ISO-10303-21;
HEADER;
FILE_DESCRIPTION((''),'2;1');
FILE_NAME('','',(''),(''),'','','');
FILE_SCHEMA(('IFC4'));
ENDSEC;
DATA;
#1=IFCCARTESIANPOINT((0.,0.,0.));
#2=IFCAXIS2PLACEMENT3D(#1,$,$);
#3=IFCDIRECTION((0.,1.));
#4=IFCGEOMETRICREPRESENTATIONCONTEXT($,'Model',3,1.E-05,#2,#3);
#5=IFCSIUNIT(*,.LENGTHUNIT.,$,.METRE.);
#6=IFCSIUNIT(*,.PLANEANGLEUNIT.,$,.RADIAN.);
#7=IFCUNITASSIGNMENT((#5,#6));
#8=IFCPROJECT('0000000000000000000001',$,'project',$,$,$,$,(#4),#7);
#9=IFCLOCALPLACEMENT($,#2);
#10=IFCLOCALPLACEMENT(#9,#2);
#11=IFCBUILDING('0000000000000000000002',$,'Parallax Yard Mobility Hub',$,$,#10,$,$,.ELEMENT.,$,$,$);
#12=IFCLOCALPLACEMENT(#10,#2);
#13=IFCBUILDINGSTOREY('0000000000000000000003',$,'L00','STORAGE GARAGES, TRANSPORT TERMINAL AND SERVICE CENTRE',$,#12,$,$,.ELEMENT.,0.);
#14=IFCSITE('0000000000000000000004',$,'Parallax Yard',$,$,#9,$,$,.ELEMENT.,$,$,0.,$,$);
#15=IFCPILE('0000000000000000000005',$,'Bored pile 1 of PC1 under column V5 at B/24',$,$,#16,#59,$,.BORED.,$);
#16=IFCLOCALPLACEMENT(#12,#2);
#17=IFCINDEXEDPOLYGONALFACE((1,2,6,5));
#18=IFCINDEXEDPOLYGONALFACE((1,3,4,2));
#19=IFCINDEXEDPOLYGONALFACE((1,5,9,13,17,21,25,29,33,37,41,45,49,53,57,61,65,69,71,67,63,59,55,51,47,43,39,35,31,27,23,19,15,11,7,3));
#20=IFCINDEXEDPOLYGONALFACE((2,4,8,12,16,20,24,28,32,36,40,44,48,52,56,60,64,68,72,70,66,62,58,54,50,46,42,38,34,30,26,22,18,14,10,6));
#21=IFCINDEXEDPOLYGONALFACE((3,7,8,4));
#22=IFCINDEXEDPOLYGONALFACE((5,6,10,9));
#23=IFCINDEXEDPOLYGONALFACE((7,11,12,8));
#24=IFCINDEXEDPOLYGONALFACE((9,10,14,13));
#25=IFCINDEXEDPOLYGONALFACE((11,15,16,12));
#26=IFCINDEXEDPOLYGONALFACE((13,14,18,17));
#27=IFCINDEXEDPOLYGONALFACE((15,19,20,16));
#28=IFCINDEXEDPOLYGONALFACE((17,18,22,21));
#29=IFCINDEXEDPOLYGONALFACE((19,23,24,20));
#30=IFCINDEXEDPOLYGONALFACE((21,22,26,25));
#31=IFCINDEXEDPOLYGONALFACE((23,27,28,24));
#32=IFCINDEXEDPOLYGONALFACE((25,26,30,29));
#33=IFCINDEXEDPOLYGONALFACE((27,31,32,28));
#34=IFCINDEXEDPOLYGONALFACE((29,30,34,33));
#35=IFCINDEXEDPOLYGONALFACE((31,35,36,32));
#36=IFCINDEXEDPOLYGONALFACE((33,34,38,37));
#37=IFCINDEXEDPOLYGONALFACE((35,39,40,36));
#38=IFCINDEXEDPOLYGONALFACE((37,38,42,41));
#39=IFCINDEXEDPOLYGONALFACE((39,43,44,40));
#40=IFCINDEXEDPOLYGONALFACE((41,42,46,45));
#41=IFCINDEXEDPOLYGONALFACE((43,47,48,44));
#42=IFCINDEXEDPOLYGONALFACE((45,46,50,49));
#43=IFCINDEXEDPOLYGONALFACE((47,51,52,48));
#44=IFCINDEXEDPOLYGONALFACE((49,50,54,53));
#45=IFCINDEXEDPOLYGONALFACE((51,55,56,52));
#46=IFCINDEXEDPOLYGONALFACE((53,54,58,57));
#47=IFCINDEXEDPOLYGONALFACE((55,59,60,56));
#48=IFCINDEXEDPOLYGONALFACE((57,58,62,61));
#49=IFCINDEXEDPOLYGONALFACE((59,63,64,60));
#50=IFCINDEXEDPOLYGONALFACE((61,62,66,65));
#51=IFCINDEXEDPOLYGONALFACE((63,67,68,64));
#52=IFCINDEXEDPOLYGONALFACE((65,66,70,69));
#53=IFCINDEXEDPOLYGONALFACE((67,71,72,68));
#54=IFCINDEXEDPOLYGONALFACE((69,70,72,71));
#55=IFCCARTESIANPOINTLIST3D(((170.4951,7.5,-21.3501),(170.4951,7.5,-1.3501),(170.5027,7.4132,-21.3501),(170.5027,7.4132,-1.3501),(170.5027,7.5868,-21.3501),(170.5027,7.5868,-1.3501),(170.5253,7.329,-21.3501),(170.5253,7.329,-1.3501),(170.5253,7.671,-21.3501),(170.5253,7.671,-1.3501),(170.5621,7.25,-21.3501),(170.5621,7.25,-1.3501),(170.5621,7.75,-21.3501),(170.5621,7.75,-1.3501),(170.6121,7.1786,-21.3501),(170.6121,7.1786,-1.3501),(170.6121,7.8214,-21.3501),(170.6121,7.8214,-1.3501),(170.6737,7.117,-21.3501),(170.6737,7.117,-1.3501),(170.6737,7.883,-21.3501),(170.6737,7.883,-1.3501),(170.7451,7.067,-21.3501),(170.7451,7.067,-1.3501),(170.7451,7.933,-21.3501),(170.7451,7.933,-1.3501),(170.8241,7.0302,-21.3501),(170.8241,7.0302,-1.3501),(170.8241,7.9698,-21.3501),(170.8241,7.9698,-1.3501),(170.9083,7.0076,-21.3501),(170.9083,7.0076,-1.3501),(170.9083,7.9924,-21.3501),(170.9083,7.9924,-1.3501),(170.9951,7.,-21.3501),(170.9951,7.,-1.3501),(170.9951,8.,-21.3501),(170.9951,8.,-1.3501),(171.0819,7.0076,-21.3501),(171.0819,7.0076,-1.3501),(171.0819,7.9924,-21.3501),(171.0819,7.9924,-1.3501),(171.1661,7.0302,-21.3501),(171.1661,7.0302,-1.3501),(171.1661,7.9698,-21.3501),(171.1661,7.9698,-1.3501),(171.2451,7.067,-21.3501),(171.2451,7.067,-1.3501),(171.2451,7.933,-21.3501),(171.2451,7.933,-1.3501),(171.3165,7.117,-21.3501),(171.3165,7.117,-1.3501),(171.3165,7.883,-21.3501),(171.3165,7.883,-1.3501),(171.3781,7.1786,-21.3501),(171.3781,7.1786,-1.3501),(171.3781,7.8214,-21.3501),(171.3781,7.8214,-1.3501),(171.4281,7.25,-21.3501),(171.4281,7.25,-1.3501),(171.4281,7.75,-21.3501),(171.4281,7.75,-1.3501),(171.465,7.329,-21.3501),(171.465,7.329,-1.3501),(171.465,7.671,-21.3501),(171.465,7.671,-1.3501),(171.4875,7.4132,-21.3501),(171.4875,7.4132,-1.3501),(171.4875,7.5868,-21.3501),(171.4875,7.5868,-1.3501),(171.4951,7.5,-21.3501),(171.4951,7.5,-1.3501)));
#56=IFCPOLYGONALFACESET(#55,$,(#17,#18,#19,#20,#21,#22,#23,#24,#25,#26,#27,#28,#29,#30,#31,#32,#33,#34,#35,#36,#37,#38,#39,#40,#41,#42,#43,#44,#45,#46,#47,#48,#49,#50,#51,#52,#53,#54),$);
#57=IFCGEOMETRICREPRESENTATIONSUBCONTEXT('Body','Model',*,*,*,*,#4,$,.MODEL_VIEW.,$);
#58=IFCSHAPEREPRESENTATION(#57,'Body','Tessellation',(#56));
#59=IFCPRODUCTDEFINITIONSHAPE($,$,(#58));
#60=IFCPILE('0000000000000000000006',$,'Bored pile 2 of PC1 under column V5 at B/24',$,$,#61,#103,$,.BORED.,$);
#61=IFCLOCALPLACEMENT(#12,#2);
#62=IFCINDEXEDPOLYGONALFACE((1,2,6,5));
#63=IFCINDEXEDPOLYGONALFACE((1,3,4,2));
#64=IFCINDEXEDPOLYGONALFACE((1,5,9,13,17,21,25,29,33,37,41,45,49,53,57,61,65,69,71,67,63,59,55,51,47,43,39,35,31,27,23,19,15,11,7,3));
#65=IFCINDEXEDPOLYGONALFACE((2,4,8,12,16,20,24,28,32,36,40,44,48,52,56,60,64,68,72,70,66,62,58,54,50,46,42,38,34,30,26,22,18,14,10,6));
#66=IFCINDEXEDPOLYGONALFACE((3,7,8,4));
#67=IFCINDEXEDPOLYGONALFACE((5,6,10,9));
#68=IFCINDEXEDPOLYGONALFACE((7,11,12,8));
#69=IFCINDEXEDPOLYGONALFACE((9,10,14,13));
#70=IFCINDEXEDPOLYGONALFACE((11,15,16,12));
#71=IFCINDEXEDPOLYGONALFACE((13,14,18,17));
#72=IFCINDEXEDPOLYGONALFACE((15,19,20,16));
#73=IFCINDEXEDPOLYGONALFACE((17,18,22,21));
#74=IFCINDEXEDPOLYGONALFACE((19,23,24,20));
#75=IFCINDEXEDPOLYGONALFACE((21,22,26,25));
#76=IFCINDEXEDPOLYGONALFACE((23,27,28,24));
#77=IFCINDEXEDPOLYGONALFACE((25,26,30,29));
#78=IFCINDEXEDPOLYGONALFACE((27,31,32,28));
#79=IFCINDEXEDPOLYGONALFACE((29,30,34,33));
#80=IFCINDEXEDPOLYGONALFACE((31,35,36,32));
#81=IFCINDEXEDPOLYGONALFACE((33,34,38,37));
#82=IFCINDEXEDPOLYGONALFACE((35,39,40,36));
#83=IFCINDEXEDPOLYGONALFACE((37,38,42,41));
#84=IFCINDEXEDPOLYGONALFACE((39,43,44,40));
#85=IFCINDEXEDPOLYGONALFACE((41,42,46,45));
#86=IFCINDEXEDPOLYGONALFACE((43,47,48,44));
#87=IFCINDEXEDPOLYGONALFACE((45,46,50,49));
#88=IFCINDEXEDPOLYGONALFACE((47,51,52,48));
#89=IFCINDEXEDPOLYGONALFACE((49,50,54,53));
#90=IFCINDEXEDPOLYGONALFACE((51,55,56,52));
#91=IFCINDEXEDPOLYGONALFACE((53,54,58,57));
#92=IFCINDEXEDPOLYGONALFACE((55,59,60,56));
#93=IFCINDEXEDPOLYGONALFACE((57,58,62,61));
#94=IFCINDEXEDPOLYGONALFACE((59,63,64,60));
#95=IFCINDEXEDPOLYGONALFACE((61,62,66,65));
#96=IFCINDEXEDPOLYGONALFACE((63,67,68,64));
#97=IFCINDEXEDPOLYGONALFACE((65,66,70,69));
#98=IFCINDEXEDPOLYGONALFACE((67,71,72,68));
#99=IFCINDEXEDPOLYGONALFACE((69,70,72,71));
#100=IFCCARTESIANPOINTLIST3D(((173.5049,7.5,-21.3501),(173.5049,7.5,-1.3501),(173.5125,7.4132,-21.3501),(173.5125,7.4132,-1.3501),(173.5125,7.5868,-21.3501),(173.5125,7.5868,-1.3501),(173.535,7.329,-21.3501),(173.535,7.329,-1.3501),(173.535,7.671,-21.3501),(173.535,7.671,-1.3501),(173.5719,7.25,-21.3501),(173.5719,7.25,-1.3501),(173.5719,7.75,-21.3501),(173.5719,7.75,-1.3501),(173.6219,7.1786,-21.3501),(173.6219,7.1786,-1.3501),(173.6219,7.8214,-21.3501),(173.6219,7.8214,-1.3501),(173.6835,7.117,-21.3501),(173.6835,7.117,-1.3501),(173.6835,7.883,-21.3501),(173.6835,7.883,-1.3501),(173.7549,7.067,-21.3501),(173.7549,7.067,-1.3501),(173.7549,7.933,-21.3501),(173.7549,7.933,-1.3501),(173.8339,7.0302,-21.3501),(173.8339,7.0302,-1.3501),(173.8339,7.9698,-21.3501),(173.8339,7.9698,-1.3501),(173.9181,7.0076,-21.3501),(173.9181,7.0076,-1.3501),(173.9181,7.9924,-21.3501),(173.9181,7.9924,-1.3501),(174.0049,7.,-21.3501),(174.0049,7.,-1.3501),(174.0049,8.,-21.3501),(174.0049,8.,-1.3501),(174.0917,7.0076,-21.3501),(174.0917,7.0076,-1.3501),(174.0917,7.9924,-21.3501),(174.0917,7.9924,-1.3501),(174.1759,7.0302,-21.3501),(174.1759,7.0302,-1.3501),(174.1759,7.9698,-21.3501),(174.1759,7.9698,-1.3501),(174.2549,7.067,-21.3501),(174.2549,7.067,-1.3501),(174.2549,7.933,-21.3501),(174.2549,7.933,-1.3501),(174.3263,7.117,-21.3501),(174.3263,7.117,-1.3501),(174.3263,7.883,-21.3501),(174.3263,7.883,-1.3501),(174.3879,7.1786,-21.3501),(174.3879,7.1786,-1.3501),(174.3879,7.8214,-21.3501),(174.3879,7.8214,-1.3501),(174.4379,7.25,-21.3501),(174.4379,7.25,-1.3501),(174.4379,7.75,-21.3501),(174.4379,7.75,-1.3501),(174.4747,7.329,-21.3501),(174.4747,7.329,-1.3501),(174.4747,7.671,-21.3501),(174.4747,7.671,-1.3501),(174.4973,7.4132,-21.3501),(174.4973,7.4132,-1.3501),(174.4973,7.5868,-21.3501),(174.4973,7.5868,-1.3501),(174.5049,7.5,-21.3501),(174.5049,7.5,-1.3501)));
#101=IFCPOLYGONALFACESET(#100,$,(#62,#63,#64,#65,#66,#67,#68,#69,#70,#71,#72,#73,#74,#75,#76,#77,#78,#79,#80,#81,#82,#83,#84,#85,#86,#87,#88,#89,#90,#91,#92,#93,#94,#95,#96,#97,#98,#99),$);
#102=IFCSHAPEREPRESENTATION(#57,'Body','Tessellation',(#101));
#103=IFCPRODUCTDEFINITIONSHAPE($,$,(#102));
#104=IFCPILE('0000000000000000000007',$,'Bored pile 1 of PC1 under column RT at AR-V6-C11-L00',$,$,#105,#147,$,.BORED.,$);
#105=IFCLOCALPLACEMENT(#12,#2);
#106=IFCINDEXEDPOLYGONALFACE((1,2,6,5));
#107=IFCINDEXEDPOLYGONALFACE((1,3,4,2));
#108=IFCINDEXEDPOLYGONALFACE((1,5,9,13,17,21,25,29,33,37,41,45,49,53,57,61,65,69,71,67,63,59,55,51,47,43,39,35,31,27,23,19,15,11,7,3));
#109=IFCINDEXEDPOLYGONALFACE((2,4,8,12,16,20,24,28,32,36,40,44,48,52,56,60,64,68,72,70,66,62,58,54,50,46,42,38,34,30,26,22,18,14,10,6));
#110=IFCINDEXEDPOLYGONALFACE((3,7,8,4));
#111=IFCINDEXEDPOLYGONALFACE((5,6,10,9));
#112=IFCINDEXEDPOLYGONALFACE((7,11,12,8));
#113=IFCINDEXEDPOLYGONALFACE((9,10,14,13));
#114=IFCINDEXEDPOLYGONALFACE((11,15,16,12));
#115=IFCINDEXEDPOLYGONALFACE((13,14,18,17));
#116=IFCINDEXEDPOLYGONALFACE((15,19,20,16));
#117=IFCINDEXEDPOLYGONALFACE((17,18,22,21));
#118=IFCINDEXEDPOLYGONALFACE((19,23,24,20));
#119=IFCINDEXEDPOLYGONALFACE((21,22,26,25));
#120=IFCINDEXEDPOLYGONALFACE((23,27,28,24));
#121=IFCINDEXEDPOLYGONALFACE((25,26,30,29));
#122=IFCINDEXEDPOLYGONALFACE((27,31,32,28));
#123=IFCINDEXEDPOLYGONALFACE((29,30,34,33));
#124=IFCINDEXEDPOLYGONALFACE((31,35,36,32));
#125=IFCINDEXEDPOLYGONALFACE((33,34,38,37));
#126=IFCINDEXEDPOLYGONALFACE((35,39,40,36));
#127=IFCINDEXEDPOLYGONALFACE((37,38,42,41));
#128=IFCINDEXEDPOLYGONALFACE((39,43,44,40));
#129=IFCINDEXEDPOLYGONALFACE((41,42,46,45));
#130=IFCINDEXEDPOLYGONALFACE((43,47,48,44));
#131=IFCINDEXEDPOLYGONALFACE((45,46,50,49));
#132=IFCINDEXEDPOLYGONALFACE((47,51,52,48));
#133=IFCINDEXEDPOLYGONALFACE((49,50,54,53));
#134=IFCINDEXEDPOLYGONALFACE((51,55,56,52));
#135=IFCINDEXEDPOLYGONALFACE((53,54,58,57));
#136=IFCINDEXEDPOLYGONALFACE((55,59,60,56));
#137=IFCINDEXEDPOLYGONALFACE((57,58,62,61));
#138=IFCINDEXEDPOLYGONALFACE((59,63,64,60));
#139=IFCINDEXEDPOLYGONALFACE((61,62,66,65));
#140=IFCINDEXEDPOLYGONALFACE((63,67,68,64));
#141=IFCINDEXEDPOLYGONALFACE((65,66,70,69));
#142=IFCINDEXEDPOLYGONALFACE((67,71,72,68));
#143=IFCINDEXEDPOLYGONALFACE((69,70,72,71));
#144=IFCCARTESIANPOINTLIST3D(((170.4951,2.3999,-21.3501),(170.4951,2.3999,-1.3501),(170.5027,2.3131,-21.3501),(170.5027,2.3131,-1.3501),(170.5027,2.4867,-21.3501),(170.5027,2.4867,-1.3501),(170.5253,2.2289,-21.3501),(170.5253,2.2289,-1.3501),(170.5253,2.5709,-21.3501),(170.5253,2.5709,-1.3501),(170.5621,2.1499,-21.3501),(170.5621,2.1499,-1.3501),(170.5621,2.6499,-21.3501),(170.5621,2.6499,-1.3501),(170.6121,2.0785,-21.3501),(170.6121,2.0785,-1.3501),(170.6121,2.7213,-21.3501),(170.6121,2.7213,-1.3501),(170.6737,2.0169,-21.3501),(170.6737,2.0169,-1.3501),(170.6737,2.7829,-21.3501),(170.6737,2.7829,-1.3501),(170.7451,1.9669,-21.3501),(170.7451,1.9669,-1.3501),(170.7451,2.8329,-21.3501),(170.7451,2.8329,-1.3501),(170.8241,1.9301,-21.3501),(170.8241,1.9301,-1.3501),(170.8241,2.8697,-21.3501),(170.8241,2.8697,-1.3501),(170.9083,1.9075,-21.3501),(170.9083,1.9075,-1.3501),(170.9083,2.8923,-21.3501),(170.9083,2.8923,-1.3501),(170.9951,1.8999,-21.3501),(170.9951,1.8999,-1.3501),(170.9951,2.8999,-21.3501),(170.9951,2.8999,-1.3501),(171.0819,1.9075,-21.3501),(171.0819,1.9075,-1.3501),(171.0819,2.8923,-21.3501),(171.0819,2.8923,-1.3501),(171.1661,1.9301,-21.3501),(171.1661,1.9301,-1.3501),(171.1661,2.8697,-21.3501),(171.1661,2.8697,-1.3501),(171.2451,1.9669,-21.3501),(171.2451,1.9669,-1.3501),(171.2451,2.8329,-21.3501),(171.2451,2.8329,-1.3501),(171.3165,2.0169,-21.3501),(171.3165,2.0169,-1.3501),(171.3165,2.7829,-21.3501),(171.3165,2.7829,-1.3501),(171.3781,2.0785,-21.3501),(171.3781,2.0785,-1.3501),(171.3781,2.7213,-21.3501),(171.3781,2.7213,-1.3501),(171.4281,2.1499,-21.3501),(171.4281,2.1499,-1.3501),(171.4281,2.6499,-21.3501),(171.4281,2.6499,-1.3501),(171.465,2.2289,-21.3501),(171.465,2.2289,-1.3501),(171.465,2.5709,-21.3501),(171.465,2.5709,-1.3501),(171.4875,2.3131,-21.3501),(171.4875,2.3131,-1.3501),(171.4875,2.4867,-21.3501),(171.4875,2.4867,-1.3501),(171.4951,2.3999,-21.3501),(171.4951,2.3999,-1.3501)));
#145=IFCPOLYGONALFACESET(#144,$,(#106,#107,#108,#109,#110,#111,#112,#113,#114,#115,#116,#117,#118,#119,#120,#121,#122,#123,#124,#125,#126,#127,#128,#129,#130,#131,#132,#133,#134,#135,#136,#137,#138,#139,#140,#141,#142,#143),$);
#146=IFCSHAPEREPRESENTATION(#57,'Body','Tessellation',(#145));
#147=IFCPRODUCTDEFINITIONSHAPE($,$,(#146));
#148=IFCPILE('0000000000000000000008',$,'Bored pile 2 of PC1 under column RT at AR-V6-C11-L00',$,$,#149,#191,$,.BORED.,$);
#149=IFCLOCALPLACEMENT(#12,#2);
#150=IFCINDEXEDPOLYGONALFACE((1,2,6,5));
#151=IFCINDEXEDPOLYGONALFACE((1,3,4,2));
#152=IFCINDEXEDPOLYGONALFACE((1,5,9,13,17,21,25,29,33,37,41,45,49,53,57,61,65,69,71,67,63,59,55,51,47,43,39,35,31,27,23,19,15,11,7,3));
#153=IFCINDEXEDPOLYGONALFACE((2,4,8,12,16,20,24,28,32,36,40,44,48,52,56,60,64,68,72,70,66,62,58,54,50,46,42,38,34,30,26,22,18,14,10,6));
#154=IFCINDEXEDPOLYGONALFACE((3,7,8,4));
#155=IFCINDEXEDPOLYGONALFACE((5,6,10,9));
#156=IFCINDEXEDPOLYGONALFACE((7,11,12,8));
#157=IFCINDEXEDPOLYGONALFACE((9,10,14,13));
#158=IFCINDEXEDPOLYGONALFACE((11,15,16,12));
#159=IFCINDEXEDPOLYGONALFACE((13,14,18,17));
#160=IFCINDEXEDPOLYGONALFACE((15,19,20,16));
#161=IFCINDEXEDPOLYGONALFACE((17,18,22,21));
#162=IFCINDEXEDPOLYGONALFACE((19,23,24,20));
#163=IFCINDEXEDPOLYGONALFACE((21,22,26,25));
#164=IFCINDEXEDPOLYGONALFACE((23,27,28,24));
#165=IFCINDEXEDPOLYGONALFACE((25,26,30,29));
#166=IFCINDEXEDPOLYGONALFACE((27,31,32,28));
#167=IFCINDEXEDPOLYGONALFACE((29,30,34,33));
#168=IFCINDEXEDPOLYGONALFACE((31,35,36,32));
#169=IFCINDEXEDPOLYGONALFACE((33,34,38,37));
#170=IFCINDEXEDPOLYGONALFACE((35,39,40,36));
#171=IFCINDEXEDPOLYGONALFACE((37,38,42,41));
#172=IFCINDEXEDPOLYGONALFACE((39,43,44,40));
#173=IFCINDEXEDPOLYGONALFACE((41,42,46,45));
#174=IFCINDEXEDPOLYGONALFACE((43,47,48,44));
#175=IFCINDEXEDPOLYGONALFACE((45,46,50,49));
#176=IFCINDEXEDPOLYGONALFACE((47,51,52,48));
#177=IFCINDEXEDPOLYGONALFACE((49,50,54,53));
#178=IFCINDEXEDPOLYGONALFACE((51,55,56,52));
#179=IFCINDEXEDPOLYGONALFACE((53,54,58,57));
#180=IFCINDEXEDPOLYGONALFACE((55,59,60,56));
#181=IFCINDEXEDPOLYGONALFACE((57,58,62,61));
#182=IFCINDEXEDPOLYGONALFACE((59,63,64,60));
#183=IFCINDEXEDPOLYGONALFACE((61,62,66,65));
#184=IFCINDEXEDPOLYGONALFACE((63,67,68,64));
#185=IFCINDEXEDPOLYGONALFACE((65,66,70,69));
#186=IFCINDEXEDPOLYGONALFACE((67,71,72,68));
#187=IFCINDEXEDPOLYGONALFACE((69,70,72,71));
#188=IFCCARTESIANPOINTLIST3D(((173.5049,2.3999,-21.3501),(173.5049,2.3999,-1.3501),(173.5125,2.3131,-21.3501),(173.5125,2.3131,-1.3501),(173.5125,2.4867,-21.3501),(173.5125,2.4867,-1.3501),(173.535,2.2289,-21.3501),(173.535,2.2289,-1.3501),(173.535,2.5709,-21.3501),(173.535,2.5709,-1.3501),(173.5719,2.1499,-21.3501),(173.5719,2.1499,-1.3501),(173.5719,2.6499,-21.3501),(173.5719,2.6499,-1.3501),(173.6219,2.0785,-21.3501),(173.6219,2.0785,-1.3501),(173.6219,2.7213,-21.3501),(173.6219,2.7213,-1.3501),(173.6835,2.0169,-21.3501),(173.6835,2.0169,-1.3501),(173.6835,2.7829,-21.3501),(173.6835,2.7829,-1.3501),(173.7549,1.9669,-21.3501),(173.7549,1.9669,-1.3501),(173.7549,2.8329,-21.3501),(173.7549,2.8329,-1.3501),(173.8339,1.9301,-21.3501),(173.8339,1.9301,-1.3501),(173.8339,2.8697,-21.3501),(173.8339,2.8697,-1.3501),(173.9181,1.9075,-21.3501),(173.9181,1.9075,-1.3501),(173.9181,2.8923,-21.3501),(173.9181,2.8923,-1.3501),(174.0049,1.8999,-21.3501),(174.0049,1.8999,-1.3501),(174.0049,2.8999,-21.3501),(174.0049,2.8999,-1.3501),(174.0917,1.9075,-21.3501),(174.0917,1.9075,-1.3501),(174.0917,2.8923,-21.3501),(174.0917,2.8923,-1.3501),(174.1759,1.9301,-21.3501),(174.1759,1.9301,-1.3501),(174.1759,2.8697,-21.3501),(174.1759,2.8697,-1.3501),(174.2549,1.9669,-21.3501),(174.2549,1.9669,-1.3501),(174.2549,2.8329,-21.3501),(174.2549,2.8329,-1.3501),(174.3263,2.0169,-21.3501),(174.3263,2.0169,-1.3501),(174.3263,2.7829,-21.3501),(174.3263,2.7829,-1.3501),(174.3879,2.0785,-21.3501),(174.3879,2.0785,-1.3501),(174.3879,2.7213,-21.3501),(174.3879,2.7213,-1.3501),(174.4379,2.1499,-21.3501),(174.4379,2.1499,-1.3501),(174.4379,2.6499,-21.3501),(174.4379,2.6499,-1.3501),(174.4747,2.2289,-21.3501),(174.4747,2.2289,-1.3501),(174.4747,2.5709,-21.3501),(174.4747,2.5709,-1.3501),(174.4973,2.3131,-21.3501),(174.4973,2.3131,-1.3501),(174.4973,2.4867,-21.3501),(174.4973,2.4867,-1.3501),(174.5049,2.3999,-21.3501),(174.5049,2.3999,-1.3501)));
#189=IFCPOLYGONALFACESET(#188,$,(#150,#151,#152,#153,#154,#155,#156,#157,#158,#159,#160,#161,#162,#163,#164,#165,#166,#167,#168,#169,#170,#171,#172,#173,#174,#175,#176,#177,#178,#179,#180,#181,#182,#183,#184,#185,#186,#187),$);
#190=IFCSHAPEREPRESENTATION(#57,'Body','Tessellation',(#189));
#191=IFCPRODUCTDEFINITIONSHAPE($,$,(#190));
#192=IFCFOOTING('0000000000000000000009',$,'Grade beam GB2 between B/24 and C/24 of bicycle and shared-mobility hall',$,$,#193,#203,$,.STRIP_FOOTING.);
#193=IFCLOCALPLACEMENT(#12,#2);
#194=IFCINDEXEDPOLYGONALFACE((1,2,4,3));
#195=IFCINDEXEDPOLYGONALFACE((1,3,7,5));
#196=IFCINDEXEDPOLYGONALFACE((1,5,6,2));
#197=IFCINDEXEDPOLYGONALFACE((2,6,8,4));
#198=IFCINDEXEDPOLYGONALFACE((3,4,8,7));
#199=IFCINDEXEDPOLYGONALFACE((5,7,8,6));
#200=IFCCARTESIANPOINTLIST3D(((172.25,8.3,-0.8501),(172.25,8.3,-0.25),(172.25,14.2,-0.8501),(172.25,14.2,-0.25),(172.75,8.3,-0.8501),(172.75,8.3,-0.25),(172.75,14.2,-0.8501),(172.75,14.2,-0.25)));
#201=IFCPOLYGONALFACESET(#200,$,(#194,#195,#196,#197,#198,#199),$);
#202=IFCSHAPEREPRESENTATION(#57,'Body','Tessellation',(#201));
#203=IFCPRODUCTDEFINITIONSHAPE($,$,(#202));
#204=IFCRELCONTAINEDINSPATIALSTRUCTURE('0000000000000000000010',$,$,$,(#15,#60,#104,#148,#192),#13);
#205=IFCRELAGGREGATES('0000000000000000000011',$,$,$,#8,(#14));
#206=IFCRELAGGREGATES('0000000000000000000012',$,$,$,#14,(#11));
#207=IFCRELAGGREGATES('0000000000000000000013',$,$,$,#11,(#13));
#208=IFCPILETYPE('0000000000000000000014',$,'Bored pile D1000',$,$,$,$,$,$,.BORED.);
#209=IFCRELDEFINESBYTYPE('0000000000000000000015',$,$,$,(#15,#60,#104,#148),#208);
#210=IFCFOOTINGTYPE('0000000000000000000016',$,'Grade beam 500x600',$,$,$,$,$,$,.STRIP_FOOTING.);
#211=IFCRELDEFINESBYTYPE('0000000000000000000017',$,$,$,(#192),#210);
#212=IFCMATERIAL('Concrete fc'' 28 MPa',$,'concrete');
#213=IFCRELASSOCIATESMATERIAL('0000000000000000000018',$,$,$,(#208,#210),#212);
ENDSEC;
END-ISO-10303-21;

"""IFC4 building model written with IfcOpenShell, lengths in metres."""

from ifc_helpers import new_model, si_unit, direction, frame, origin, origin_2d, place, context, subcontext, project, spatial, rectangle, circle, extrude, material, material_profile, profile_set, type_object, element, save


model = new_model("IFC4")

# Units and contexts
model_context = context("Model", 3, precision=1e-05, world=origin(), true_north=direction((0.0, 1.0)))
body_context = subcontext(model_context, "Body", "Model", "MODEL_VIEW")
ifc_project = project(units=[si_unit("LENGTHUNIT", "METRE"), si_unit("PLANEANGLEUNIT", "RADIAN")], contexts=[model_context])

# Site, building, storey
site_placement = place(None, origin())
site = spatial("IfcSite", under=ifc_project, at=site_placement, Name="Parallax Yard", CompositionType="ELEMENT", RefElevation=0.0)
building_placement = place(site_placement, origin())
building = spatial("IfcBuilding", under=site, at=building_placement, Name="Parallax Yard Mobility Hub", CompositionType="ELEMENT")
storey_placement = place(building_placement, origin())
storey = spatial("IfcBuildingStorey", under=building, at=storey_placement, Name="L00", Description="STORAGE GARAGES, TRANSPORT TERMINAL AND SERVICE CENTRE", CompositionType="ELEMENT", Elevation=0.0)

# Piles
ifc_material_1 = material(Name="Concrete fc' 28 MPa", Category="concrete")
ifc_material_profile_1 = material_profile(ifc_material_1, circle(Radius=0.5, at=origin_2d()), Name="Bored pile D1000")
ifc_profile_set_1 = profile_set([ifc_material_profile_1], Name="Concrete fc' 28 MPa")
pile_type = type_object("IfcPileType", Name="Bored pile D1000", PredefinedType="BORED", material=ifc_profile_set_1)
for number, where, z_axis, x_axis, name in (
    (1, (170.9951, 7.5, -1.3501), (0.0, 0.0, -1.0), (1.0, 0.0, 0.0), "Bored pile 1 of PC1 under column V5 at B/24"),
    (2, (174.0049, 7.5, -1.3501), (0.0, 0.0, -1.0), (1.0, 0.0, 0.0), "Bored pile 2 of PC1 under column V5 at B/24"),
    (3, (170.9951, 2.3999, -1.3501), (0.0, 0.0, -1.0), (1.0, 0.0, 0.0), "Bored pile 1 of PC1 under column RT at AR-V6-C11-L00"),
    (4, (174.0049, 2.3999, -1.3501), (0.0, 0.0, -1.0), (1.0, 0.0, 0.0), "Bored pile 2 of PC1 under column RT at AR-V6-C11-L00"),
):
    element("IfcPile", number, at=place(storey_placement, frame(where, z_axis=z_axis, x_axis=x_axis)), inside=storey, type_object=pile_type, Name=name, PredefinedType="BORED", context=body_context, shape_type="SweptSolid", body=[
        extrude(circle(Radius=0.5, at=origin_2d()), origin(), (0.0, 0.0, 1.0), 20.0),
    ])

# Footing
ifc_material_profile_2 = material_profile(ifc_material_1, rectangle(XDim=0.5, YDim=0.6001, at=origin_2d()), Name="Grade beam 500x600")
ifc_profile_set_2 = profile_set([ifc_material_profile_2], Name="Concrete fc' 28 MPa")
footing_type_1 = type_object("IfcFootingType", Name="Grade beam 500x600", PredefinedType="STRIP_FOOTING", material=ifc_profile_set_2)
footing_placement = place(storey_placement, frame((172.5, 8.3, -0.55), z_axis=(0.0, 1.0, 0.0), x_axis=(-1.0, 0.0, 0.0)))
element("IfcFooting", 5, at=footing_placement, inside=storey, type_object=footing_type_1, Name="Grade beam GB2 between B/24 and C/24 of bicycle and shared-mobility hall", PredefinedType="STRIP_FOOTING", context=body_context, shape_type="SweptSolid", body=[
    extrude(rectangle(XDim=0.5, YDim=0.6001, at=origin_2d()), origin(), (0.0, 0.0, 1.0), 5.8999),
])

save(model, "model.ifc")
